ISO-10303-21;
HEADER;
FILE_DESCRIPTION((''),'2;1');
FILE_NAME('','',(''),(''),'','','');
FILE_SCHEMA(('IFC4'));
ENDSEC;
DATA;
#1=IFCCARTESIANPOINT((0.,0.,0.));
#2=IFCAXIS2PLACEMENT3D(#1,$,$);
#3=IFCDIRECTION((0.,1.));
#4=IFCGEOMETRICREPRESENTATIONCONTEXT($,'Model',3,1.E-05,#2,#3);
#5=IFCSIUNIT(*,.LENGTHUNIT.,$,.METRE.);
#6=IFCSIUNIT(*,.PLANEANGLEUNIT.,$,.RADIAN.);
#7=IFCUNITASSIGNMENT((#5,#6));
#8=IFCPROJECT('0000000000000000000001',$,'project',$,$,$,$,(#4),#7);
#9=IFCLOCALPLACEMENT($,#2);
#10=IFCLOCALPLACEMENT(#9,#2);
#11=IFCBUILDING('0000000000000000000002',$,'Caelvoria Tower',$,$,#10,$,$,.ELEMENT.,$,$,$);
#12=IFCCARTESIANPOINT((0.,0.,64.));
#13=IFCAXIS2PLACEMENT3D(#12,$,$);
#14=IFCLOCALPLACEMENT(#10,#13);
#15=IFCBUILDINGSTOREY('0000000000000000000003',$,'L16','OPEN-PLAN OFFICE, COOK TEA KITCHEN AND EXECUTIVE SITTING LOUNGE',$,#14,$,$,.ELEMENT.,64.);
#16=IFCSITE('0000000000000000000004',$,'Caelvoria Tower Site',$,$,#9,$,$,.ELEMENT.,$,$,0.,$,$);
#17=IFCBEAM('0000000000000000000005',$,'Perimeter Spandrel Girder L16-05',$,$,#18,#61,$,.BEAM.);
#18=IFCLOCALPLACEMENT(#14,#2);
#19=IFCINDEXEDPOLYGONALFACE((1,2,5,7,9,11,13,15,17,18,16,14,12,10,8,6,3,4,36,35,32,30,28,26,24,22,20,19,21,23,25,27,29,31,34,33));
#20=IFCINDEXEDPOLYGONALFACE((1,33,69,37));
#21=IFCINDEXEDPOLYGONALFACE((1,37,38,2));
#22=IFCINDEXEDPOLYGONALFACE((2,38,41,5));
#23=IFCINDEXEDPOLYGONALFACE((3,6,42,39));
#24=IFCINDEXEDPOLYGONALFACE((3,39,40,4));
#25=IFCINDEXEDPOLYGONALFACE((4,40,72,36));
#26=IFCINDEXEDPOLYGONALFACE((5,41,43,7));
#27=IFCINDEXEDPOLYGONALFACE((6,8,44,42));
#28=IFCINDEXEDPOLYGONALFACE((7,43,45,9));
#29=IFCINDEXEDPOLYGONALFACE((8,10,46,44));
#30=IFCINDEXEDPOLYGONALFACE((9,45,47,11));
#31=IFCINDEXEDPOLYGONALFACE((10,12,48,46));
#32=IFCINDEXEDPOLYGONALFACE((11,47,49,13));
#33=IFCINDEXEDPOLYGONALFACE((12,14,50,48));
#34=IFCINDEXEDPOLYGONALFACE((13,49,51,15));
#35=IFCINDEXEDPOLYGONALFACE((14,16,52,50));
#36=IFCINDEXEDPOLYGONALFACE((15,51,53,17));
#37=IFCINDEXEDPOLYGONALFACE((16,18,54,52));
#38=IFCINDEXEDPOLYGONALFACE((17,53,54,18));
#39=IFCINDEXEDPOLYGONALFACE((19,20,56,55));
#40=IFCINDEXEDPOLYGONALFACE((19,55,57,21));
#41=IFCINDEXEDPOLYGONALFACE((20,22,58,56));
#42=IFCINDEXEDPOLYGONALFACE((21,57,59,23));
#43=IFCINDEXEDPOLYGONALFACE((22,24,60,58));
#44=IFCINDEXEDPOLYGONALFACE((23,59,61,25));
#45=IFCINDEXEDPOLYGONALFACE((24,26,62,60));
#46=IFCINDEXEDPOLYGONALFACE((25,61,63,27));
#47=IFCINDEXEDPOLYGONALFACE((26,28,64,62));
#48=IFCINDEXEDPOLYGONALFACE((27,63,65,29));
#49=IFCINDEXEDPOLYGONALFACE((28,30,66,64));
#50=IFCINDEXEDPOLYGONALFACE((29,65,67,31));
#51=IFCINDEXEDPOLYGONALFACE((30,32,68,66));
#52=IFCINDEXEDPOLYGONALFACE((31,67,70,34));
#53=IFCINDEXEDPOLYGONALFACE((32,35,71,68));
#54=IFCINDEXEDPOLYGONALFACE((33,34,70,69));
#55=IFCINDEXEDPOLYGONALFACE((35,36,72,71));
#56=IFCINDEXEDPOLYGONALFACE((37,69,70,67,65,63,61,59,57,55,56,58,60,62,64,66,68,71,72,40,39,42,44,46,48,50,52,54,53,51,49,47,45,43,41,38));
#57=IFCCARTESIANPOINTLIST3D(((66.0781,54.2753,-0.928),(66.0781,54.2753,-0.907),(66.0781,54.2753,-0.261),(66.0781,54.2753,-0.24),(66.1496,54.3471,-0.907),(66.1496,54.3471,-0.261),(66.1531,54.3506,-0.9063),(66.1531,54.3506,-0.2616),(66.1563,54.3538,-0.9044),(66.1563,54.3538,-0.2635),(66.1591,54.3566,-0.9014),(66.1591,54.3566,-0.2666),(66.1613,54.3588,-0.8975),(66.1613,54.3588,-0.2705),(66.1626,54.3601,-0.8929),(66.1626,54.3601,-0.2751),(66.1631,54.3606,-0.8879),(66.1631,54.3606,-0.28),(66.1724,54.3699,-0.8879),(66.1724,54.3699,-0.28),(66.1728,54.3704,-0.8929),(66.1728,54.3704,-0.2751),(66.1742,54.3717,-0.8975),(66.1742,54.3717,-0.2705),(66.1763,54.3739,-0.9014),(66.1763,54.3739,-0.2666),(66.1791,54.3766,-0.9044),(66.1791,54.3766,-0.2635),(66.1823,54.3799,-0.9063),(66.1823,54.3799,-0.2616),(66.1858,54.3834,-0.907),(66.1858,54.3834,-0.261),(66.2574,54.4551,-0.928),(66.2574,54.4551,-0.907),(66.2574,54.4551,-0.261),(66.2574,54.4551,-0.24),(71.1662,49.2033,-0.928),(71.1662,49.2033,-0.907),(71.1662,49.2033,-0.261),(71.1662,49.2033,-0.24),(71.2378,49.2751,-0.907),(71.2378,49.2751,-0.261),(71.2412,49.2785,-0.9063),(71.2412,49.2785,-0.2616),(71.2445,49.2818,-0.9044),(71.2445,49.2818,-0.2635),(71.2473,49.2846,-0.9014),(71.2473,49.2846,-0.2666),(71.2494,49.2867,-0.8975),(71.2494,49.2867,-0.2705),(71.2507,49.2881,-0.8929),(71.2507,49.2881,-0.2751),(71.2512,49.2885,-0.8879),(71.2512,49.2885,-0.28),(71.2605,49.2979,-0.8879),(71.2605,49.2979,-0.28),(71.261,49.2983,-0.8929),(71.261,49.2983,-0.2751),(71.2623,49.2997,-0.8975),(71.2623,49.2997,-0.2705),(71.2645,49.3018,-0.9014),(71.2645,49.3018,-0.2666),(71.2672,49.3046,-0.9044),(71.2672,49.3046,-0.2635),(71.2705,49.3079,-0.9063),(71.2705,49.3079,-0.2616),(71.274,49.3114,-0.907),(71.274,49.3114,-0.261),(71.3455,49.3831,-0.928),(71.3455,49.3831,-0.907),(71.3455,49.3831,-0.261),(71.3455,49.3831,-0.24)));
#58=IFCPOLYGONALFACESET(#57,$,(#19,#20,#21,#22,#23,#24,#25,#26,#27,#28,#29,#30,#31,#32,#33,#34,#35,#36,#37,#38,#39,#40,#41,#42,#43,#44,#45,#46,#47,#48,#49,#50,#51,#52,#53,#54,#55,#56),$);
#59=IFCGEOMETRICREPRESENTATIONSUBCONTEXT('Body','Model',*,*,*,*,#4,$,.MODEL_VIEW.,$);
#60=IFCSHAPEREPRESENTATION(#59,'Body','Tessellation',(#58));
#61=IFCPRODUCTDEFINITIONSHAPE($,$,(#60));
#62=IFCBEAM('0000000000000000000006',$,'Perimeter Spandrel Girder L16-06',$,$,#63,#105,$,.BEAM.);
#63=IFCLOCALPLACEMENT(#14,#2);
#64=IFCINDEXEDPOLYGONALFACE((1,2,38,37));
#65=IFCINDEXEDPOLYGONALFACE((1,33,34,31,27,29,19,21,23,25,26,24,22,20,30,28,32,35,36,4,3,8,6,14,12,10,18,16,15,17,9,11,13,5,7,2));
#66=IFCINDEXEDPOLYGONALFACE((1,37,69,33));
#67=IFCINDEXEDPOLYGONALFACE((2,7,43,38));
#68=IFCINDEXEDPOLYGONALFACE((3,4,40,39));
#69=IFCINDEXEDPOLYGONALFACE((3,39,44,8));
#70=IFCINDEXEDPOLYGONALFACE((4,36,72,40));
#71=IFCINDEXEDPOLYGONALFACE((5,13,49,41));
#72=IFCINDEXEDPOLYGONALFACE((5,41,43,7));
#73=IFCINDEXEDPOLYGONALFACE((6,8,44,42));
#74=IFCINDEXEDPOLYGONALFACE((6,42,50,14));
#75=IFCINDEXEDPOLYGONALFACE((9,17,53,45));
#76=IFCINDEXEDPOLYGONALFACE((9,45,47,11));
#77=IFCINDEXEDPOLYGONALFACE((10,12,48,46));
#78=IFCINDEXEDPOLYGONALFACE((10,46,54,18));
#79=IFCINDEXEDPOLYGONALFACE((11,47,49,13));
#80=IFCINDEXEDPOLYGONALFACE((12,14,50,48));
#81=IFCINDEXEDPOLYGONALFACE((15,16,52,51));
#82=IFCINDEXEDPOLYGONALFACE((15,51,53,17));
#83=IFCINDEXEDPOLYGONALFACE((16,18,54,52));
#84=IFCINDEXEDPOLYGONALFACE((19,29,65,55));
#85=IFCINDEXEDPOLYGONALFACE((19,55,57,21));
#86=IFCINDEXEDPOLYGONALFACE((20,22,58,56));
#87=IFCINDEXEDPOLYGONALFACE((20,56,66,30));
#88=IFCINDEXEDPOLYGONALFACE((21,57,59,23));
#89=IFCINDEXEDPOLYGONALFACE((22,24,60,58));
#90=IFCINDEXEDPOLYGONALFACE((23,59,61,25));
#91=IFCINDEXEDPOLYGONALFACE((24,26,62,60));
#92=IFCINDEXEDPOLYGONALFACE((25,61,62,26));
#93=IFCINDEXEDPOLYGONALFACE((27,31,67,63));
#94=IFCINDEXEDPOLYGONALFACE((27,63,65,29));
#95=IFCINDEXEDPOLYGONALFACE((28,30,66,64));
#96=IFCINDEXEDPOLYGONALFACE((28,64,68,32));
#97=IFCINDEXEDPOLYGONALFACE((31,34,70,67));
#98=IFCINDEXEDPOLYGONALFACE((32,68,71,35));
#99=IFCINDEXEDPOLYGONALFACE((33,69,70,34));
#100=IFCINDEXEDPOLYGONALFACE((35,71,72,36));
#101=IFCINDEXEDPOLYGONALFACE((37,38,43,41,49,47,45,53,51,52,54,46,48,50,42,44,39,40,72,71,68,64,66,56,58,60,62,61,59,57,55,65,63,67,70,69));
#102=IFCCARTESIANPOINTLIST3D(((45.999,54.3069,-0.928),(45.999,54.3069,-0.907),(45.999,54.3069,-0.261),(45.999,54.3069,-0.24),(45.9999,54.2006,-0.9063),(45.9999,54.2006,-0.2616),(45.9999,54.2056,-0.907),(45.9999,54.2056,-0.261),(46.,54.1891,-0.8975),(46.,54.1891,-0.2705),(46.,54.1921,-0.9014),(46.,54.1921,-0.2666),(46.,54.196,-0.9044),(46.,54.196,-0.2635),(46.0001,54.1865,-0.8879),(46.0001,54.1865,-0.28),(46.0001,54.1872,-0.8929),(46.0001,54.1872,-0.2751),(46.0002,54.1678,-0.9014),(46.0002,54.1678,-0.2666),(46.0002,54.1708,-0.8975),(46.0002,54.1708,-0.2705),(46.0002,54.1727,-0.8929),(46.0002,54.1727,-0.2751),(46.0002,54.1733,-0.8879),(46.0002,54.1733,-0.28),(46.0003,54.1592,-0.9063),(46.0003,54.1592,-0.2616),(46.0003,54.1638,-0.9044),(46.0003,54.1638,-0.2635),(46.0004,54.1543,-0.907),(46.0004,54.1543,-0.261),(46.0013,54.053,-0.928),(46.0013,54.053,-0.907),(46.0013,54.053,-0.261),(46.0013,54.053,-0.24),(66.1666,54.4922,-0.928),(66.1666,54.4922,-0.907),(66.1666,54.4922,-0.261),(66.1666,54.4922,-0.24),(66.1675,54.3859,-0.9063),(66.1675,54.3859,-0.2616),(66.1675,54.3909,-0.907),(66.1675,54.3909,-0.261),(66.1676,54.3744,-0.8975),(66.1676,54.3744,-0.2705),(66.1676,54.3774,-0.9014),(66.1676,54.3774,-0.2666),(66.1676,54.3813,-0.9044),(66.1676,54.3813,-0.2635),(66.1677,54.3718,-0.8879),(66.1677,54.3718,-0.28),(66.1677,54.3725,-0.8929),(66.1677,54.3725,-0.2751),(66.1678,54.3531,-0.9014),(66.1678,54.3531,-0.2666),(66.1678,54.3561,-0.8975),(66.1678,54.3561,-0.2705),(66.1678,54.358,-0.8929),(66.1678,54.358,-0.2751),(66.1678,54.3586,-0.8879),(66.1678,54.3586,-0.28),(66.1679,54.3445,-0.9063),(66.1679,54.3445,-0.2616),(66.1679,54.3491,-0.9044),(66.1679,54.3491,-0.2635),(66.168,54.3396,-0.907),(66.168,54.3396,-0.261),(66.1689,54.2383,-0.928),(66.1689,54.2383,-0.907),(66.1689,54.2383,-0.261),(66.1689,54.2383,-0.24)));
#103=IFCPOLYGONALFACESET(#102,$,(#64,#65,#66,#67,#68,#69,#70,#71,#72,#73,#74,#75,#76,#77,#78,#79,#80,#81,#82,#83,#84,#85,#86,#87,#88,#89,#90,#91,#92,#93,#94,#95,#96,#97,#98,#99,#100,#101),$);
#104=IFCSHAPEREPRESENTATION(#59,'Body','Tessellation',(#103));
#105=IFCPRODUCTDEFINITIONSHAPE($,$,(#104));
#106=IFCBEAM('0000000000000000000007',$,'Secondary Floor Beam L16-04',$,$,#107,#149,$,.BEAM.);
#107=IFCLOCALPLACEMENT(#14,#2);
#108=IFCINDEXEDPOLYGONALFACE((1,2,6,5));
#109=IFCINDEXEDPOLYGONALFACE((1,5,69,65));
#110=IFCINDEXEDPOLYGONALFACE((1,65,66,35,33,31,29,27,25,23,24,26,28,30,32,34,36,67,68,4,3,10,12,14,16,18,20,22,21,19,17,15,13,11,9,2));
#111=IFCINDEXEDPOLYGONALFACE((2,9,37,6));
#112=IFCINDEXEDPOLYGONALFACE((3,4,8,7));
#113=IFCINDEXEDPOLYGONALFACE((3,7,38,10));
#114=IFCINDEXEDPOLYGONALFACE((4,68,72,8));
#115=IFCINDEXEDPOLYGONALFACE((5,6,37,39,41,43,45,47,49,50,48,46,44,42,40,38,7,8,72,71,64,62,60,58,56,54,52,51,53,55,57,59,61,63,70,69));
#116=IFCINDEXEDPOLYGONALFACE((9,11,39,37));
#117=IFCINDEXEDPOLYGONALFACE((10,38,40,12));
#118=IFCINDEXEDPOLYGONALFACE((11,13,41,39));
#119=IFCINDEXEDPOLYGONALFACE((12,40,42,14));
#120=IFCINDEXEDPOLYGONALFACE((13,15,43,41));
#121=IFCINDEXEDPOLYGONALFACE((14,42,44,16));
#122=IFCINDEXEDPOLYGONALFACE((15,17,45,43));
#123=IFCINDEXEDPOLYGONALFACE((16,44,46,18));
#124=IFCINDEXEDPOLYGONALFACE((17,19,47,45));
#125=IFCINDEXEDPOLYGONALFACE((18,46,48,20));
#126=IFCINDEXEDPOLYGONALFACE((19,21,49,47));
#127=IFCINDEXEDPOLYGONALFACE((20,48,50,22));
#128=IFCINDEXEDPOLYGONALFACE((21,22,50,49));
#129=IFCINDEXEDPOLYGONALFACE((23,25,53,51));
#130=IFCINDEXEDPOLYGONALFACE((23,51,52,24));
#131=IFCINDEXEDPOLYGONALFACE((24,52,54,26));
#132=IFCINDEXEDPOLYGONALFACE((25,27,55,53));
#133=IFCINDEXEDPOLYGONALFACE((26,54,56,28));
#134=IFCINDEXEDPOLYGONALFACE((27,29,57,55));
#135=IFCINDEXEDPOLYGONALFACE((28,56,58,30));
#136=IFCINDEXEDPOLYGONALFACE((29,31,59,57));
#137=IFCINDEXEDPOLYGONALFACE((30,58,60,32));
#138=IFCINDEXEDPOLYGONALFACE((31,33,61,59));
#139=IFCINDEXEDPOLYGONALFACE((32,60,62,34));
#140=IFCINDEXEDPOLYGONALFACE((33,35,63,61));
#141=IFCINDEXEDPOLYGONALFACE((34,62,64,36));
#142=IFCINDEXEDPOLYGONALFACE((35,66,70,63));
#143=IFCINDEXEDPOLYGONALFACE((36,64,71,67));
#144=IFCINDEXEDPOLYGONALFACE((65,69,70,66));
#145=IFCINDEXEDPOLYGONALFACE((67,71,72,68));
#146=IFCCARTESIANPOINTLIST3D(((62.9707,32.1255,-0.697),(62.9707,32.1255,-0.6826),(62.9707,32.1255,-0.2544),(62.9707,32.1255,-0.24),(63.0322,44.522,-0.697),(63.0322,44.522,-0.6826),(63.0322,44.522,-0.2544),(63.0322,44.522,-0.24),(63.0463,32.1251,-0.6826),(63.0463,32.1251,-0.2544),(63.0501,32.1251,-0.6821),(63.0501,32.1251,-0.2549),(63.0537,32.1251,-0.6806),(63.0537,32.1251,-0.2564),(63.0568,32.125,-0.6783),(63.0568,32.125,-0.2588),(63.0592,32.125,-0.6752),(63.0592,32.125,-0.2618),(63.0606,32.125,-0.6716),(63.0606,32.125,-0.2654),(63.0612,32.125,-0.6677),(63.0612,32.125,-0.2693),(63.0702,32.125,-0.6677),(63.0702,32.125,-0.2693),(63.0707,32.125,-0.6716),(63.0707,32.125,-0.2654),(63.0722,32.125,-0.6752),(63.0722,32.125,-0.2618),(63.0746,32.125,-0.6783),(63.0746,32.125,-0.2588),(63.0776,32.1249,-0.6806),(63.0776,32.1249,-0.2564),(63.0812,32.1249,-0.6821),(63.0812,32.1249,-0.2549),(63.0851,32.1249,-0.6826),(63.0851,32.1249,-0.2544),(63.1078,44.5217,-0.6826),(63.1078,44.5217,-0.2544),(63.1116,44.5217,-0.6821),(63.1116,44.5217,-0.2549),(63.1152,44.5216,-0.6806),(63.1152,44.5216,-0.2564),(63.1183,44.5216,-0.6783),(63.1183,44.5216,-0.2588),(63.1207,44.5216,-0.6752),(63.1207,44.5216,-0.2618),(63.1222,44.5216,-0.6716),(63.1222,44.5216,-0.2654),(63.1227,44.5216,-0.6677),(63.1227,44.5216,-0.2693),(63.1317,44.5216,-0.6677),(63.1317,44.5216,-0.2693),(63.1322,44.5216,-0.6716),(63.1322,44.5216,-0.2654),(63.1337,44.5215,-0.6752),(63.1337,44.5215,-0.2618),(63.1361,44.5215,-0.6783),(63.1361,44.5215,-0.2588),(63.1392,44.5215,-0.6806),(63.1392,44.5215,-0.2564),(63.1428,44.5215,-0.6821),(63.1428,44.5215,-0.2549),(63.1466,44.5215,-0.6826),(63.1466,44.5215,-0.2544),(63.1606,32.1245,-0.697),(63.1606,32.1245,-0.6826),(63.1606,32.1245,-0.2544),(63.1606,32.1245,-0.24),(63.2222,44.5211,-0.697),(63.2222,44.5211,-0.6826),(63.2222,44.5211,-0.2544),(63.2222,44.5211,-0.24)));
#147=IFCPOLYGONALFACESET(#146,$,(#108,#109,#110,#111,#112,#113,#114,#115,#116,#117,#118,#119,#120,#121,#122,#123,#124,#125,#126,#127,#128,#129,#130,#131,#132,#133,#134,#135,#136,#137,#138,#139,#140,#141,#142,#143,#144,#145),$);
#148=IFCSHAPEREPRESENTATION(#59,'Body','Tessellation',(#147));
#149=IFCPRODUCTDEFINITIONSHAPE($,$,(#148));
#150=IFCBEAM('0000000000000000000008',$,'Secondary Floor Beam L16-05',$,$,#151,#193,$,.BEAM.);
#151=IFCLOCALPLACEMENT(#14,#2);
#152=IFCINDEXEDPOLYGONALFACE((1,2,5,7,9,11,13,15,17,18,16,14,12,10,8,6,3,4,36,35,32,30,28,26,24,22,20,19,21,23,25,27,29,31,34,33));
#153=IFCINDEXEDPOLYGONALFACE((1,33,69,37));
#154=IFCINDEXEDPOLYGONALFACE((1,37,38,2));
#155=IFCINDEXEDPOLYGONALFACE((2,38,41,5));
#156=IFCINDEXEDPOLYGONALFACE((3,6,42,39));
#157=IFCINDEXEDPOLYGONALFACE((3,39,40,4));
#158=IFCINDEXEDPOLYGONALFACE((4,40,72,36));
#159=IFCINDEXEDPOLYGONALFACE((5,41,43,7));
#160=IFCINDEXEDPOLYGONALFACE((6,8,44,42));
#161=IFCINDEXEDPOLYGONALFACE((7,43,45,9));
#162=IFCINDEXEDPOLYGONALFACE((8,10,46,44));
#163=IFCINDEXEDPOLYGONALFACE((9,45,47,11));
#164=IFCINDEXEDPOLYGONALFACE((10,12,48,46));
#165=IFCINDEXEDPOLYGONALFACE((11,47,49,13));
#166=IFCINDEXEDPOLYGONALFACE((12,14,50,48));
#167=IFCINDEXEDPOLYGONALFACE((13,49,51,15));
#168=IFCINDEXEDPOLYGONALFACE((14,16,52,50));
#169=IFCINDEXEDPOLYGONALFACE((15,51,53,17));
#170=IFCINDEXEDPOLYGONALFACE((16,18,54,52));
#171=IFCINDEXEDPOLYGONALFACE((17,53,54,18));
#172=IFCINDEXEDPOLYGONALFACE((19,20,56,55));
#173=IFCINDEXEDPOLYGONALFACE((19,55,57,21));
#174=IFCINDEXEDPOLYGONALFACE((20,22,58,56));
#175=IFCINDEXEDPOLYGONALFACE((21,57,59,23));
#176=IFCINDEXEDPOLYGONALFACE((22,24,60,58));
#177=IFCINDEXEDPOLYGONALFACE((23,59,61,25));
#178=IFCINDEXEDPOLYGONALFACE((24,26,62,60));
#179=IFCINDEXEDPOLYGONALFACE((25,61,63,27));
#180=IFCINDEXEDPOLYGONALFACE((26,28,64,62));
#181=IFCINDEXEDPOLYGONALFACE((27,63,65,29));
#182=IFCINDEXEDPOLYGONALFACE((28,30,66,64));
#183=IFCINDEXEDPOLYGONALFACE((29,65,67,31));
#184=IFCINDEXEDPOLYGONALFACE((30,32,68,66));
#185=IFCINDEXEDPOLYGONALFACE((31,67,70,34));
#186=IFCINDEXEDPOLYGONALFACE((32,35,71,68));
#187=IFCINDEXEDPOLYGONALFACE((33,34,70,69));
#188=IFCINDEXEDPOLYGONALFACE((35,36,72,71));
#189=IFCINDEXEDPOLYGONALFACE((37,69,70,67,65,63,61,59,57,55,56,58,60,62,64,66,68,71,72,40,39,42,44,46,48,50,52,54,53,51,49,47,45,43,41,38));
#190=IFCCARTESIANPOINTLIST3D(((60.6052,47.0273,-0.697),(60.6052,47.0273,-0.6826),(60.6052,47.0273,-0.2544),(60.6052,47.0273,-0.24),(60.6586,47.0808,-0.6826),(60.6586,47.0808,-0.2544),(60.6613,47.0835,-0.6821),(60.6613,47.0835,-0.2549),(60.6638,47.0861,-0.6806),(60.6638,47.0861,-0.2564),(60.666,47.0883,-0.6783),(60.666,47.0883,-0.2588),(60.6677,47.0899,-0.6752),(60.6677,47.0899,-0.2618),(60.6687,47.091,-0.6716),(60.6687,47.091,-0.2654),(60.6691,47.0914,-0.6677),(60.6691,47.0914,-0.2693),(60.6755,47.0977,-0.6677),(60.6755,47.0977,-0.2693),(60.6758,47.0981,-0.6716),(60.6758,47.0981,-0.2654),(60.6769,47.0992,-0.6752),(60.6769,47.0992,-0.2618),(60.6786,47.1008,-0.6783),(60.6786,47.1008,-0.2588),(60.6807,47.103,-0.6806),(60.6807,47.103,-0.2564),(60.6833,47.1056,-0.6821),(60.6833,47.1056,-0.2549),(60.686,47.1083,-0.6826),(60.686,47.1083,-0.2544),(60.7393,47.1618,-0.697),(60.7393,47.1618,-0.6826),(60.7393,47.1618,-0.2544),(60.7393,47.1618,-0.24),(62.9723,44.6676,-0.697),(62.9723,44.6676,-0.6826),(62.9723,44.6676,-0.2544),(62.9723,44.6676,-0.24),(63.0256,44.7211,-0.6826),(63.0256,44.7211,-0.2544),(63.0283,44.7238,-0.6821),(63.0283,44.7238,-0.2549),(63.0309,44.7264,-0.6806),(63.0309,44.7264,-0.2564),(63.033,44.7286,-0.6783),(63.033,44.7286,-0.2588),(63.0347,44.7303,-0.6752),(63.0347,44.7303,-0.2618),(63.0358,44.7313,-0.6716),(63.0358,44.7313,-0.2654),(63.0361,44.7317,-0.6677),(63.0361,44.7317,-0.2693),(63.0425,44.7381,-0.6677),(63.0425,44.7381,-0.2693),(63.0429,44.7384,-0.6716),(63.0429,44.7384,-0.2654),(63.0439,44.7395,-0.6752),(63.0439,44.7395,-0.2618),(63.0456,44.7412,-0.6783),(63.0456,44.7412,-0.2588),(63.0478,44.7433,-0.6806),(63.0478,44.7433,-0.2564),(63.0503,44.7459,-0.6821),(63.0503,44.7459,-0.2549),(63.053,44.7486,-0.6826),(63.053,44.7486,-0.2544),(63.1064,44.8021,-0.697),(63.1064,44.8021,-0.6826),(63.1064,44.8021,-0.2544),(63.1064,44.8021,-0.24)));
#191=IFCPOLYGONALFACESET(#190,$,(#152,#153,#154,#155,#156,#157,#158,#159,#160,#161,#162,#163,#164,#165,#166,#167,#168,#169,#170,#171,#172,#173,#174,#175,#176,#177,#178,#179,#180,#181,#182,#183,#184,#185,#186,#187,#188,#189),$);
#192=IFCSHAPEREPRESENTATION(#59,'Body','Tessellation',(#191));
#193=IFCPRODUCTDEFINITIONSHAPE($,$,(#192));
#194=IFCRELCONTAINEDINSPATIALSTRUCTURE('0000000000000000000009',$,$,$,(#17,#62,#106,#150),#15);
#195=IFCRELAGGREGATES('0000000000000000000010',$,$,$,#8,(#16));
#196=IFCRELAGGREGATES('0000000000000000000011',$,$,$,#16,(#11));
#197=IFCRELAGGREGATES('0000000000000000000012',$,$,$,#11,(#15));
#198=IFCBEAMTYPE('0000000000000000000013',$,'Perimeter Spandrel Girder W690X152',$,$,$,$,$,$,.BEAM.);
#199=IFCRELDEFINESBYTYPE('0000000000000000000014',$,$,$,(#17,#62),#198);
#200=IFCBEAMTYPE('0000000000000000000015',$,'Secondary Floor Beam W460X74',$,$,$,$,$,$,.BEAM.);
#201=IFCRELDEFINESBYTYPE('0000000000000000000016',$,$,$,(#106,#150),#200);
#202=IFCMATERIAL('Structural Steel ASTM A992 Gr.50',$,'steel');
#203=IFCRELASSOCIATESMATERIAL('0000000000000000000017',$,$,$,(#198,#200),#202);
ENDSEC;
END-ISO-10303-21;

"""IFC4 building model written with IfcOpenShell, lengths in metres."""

from ifc_helpers import new_model, si_unit, direction, frame, origin, origin_2d, place, context, subcontext, project, spatial, i_section, extrude, material, material_profile, profile_set, type_object, element, save


model = new_model("IFC4")

# Units and contexts
model_context = context("Model", 3, precision=1e-05, world=origin(), true_north=direction((0.0, 1.0)))
body_context = subcontext(model_context, "Body", "Model", "MODEL_VIEW")
ifc_project = project(units=[si_unit("LENGTHUNIT", "METRE"), si_unit("PLANEANGLEUNIT", "RADIAN")], contexts=[model_context])

# Site, building, storey
site_placement = place(None, origin())
site = spatial("IfcSite", under=ifc_project, at=site_placement, Name="Caelvoria Tower Site", CompositionType="ELEMENT", RefElevation=0.0)
building_placement = place(site_placement, origin())
building = spatial("IfcBuilding", under=site, at=building_placement, Name="Caelvoria Tower", CompositionType="ELEMENT")
storey_placement = place(building_placement, frame((0.0, 0.0, 64.0)))
storey = spatial("IfcBuildingStorey", under=building, at=storey_placement, Name="L16", Description="OPEN-PLAN OFFICE, COOK TEA KITCHEN AND EXECUTIVE SITTING LOUNGE", CompositionType="ELEMENT", Elevation=64.0)

# Beams
ifc_material_1 = material(Name="Structural Steel ASTM A992 Gr.50", Category="steel")
ifc_material_profile_1 = material_profile(ifc_material_1, i_section(OverallWidth=0.2539, OverallDepth=0.688, WebThickness=0.0132, FlangeThickness=0.021, FilletRadius=0.019, at=origin_2d()), Name="Structural Steel ASTM A992 Gr.50")
ifc_profile_set_1 = profile_set([ifc_material_profile_1], Name="W690X152 - Structural Steel ASTM A992 Gr.50")
beam_type_1 = type_object("IfcBeamType", Name="Perimeter Spandrel Girder W690X152", PredefinedType="BEAM", material=ifc_profile_set_1)
beam_1_placement = place(storey_placement, frame((71.2559, 49.2932, -0.584), z_axis=(-0.708227, 0.705984, 0.0), x_axis=(-0.705984, -0.708227, 0.0)))
element("IfcBeam", 1, at=beam_1_placement, inside=storey, type_object=beam_type_1, Name="Perimeter Spandrel Girder L16-05", PredefinedType="BEAM", context=body_context, shape_type="SweptSolid", body=[
    extrude(i_section(OverallWidth=0.2539, OverallDepth=0.688, WebThickness=0.0132, FlangeThickness=0.021, FilletRadius=0.019, at=origin_2d()), origin(), (0.0, 0.0, 1.0), 7.1843),
])
beam_2_placement = place(storey_placement, frame((66.1677, 54.3652, -0.584), z_axis=(-0.999958, -0.009188, 0.0), x_axis=(0.009188, -0.999958, 0.0)))
element("IfcBeam", 2, at=beam_2_placement, inside=storey, type_object=beam_type_1, Name="Perimeter Spandrel Girder L16-06", PredefinedType="BEAM", context=body_context, shape_type="SweptSolid", body=[
    extrude(i_section(OverallWidth=0.2539, OverallDepth=0.688, WebThickness=0.0132, FlangeThickness=0.021, FilletRadius=0.019, at=origin_2d()), origin(), (0.0, 0.0, 1.0), 20.1685),
])
ifc_material_profile_2 = material_profile(ifc_material_1, i_section(OverallWidth=0.1899, OverallDepth=0.457, WebThickness=0.009, FlangeThickness=0.0144, FilletRadius=0.0149, at=origin_2d()), Name="Structural Steel ASTM A992 Gr.50")
ifc_profile_set_2 = profile_set([ifc_material_profile_2], Name="W460X74 - Structural Steel ASTM A992 Gr.50")
beam_type_2 = type_object("IfcBeamType", Name="Secondary Floor Beam W460X74", PredefinedType="BEAM", material=ifc_profile_set_2)
beam_3_placement = place(storey_placement, frame((63.0657, 32.125, -0.4685), z_axis=(0.004963, 0.999988, 0.0), x_axis=(-0.999988, 0.004963, 0.0)))
element("IfcBeam", 3, at=beam_3_placement, inside=storey, type_object=beam_type_2, Name="Secondary Floor Beam L16-04", PredefinedType="BEAM", context=body_context, shape_type="SweptSolid", body=[
    extrude(i_section(OverallWidth=0.1899, OverallDepth=0.457, WebThickness=0.009, FlangeThickness=0.0144, FilletRadius=0.0149, at=origin_2d()), origin(), (0.0, 0.0, 1.0), 12.3967),
])
beam_4_placement = place(storey_placement, frame((63.0393, 44.7349, -0.4685), z_axis=(-0.708202, 0.70601, 0.0), x_axis=(-0.70601, -0.708202, 0.0)))
element("IfcBeam", 4, at=beam_4_placement, inside=storey, type_object=beam_type_2, Name="Secondary Floor Beam L16-05", PredefinedType="BEAM", context=body_context, shape_type="SweptSolid", body=[
    extrude(i_section(OverallWidth=0.1899, OverallDepth=0.457, WebThickness=0.009, FlangeThickness=0.0144, FilletRadius=0.0149, at=origin_2d()), origin(), (0.0, 0.0, 1.0), 3.3423),
])

save(model, "model.ifc")
